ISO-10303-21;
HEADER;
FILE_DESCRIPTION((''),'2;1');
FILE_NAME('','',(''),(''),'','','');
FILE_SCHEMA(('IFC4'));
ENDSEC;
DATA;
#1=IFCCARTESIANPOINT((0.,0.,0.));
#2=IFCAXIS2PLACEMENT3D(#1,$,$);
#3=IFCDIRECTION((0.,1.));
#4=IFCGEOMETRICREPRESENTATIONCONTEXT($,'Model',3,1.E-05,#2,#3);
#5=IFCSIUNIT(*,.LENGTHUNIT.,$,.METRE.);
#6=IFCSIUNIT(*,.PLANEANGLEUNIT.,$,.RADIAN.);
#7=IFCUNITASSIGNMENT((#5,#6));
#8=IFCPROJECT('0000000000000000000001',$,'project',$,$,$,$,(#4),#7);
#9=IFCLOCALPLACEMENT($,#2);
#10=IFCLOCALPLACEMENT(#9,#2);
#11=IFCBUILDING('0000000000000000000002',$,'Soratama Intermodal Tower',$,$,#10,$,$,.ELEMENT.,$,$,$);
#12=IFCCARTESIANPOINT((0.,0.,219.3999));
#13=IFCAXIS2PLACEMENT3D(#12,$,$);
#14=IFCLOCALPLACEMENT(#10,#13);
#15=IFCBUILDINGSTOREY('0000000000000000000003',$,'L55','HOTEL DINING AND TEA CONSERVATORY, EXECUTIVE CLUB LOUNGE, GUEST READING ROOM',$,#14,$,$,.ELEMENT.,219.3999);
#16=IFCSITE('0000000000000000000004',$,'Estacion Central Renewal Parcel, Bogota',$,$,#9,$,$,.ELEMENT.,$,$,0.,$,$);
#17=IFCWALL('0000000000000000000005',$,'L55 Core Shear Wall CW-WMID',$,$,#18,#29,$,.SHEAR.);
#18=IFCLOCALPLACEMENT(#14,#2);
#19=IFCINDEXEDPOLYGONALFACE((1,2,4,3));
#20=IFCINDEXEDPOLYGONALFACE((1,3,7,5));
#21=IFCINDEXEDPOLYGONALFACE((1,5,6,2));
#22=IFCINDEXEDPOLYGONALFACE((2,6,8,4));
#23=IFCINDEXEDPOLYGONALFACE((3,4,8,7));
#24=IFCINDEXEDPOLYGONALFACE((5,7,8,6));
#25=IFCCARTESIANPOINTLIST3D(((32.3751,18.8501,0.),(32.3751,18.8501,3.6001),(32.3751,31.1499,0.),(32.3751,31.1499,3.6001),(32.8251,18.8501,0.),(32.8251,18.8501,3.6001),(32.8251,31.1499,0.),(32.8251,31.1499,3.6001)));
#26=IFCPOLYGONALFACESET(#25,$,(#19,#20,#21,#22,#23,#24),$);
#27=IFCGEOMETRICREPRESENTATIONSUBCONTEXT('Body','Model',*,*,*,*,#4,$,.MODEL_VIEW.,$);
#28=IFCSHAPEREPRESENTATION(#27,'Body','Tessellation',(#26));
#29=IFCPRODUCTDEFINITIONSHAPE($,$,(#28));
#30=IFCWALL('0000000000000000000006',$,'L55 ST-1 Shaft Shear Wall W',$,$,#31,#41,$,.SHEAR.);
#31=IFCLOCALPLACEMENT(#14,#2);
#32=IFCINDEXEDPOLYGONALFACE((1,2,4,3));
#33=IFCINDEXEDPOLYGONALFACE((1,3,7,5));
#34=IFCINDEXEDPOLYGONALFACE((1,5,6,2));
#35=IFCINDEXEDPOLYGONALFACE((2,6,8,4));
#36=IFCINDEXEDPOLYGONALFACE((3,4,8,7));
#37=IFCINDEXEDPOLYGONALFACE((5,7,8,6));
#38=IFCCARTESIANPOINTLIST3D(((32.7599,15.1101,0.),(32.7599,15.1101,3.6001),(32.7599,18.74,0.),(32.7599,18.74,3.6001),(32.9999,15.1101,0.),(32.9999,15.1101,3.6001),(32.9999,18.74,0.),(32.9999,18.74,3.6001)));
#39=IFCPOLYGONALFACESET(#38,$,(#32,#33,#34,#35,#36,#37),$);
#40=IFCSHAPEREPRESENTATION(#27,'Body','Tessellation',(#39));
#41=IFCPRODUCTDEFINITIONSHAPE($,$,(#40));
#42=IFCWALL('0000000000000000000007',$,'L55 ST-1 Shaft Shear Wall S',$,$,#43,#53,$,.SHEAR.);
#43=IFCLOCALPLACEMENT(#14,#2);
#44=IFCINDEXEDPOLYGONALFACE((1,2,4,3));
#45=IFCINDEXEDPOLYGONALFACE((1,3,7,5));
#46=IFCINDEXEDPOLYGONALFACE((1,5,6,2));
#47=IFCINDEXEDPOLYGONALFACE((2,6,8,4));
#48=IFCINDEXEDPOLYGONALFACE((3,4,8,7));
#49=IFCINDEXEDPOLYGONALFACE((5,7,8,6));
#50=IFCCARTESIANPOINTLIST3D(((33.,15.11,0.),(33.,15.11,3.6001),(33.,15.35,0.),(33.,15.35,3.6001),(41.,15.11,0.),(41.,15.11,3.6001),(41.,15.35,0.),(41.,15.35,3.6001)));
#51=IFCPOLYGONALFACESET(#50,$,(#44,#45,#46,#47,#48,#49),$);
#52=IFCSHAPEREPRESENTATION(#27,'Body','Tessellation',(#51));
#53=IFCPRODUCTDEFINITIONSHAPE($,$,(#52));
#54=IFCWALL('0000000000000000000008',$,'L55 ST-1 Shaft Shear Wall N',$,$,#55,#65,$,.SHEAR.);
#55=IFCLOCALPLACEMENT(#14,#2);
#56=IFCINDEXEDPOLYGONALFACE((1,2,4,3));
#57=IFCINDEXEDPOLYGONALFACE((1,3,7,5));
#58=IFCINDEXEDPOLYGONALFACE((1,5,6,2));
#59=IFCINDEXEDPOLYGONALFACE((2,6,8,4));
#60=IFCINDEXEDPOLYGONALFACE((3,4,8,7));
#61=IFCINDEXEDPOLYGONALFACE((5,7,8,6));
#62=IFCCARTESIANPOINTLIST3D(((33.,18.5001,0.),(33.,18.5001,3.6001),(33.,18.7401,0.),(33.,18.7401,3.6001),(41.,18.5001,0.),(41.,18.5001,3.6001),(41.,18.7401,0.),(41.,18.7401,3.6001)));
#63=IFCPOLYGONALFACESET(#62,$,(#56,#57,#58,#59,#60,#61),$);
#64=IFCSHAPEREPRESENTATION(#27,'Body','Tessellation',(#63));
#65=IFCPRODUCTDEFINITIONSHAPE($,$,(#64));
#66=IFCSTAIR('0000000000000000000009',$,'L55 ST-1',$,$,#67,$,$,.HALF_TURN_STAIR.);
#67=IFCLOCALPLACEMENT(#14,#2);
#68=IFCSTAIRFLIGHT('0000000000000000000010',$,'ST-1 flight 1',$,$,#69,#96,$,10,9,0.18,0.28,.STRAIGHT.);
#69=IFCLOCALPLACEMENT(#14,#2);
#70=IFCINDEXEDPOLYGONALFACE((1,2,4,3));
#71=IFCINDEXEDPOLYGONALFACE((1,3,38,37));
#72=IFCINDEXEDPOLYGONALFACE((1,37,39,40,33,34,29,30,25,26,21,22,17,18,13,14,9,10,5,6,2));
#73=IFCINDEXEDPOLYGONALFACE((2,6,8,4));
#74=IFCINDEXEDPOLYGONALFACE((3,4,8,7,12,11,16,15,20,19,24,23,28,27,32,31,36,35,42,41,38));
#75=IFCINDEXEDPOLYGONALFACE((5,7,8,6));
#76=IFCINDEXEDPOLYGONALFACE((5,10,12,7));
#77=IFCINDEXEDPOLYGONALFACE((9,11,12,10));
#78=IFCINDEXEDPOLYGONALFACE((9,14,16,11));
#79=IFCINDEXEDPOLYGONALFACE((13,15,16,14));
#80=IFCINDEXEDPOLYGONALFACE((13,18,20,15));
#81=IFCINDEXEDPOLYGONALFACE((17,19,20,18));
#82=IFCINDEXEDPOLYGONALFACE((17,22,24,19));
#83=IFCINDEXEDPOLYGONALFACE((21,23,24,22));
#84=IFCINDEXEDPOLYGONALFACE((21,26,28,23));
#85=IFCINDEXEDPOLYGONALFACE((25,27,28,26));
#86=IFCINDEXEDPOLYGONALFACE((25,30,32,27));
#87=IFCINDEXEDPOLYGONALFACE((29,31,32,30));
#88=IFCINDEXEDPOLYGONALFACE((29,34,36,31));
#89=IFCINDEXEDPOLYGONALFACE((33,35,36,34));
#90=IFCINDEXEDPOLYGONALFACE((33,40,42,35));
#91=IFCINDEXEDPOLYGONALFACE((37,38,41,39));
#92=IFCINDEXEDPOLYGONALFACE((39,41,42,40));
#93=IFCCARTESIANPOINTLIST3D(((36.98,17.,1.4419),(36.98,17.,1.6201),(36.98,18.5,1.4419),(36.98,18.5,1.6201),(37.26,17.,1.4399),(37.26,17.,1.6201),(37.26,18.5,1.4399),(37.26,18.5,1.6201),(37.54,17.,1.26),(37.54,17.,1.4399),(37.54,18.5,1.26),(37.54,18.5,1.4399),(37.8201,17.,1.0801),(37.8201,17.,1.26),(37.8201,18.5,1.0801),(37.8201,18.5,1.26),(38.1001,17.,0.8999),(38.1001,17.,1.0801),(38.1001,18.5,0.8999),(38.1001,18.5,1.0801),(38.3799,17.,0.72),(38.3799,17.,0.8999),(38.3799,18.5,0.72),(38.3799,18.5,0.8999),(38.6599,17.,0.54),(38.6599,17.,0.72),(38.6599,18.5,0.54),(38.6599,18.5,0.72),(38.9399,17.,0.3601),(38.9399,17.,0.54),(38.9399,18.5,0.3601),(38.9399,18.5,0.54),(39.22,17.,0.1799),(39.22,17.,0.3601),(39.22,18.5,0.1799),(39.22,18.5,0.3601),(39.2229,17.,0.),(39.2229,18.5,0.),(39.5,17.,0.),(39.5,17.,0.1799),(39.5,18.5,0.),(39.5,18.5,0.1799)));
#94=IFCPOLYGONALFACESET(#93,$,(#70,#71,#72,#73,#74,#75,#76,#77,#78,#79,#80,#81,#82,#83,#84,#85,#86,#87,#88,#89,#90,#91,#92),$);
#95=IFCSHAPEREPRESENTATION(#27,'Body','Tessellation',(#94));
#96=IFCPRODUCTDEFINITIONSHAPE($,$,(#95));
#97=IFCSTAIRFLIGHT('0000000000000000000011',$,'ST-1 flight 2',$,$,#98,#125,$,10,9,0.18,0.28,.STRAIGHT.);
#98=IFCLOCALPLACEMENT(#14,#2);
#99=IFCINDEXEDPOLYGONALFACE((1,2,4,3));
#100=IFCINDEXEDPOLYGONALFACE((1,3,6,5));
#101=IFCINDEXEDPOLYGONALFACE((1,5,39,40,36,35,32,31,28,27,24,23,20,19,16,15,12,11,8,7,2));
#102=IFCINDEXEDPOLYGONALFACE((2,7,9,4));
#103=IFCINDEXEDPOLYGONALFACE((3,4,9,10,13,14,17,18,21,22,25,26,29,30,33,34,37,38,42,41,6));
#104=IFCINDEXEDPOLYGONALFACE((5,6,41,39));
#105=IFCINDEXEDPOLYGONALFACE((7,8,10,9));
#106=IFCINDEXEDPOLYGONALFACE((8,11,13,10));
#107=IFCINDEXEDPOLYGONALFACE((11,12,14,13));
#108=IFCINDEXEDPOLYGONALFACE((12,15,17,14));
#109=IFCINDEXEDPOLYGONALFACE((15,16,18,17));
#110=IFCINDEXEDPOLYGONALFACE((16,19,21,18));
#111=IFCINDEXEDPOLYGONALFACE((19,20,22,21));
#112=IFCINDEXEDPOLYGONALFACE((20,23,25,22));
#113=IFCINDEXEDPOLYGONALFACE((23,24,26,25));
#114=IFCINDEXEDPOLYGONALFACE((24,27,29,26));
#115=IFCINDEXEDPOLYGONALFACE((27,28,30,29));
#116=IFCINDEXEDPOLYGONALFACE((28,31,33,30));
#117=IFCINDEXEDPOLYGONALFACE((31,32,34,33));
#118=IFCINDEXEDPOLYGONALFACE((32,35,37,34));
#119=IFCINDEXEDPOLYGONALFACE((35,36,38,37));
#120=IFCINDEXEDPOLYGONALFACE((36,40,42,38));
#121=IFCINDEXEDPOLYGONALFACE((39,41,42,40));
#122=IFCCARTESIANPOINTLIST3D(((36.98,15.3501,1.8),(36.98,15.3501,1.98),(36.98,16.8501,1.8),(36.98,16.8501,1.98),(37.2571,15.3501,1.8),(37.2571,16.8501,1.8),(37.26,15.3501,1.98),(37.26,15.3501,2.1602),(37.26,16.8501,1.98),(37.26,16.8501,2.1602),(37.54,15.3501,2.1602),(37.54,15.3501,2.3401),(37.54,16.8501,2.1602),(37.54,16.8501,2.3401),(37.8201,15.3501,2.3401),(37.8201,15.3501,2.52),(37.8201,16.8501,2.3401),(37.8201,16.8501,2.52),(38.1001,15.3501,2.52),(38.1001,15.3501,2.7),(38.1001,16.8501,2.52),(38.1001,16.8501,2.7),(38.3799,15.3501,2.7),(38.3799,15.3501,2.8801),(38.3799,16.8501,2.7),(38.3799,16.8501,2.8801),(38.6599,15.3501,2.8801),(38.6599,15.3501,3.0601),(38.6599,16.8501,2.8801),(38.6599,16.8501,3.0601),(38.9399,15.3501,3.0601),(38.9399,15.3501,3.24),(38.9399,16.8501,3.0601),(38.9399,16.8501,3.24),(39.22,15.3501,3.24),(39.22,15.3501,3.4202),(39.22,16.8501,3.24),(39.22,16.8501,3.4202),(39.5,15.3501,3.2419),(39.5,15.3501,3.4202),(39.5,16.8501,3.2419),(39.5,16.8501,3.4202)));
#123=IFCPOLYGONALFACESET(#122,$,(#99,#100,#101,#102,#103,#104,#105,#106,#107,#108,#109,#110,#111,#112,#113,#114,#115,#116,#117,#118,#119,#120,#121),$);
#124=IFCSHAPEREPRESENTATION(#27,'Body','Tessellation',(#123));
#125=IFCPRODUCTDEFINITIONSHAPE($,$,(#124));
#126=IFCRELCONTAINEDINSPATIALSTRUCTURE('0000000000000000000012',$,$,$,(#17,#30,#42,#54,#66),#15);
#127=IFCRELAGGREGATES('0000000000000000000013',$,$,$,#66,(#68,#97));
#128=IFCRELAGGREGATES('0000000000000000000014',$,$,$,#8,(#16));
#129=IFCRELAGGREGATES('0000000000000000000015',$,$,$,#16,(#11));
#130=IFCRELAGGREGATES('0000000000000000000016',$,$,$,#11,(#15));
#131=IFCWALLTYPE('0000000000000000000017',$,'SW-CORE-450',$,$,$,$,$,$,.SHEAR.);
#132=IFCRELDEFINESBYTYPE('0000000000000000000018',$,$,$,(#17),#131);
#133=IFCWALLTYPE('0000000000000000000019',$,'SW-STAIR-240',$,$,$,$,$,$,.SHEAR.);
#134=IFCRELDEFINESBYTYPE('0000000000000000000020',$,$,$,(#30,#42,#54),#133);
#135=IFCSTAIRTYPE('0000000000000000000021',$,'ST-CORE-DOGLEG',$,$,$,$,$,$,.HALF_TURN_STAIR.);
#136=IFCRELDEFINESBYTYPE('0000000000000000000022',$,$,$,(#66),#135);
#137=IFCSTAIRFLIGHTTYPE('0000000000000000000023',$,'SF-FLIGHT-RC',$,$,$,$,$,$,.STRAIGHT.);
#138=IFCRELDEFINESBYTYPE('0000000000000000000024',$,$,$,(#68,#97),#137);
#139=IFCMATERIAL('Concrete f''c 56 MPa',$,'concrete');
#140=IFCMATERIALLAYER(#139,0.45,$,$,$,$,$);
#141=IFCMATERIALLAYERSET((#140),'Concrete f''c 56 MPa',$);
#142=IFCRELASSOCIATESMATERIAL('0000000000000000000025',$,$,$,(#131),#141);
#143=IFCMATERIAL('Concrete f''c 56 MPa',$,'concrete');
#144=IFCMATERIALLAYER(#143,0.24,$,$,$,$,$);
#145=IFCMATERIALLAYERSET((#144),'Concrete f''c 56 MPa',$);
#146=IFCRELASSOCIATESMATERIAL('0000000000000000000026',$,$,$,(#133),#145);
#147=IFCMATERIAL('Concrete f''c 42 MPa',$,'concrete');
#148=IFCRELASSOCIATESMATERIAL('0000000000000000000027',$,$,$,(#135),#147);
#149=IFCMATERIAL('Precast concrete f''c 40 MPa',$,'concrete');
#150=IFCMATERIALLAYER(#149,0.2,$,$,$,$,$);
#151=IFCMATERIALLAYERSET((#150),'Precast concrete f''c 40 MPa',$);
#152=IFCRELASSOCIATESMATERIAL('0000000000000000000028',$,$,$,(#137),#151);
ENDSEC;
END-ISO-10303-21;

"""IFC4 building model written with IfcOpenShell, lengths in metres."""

from ifc_helpers import new_model, si_unit, direction, frame, frame_2d, origin, place, context, subcontext, project, spatial, polyline, rectangle, outline, extrude, material, layer, layer_set, type_object, element, aggregate, save


model = new_model("IFC4")

# Units and contexts
model_context = context("Model", 3, precision=1e-05, world=origin(), true_north=direction((0.0, 1.0)))
body_context = subcontext(model_context, "Body", "Model", "MODEL_VIEW")
ifc_project = project(units=[si_unit("LENGTHUNIT", "METRE"), si_unit("PLANEANGLEUNIT", "RADIAN")], contexts=[model_context])

# Site, building, storey
site_placement = place(None, origin())
site = spatial("IfcSite", under=ifc_project, at=site_placement, Name="Estacion Central Renewal Parcel, Bogota", CompositionType="ELEMENT", RefElevation=0.0)
building_placement = place(site_placement, origin())
building = spatial("IfcBuilding", under=site, at=building_placement, Name="Soratama Intermodal Tower", CompositionType="ELEMENT")
storey_placement = place(building_placement, frame((0.0, 0.0, 219.3999)))
storey = spatial("IfcBuildingStorey", under=building, at=storey_placement, Name="L55", Description="HOTEL DINING AND TEA CONSERVATORY, EXECUTIVE CLUB LOUNGE, GUEST READING ROOM", CompositionType="ELEMENT", Elevation=219.3999)

# Walls
ifc_material_1 = material(Name="Concrete f'c 56 MPa", Category="concrete")
ifc_layer_1 = layer(ifc_material_1, 0.45)
ifc_layer_set_1 = layer_set([ifc_layer_1], Name="Concrete f'c 56 MPa")
wall_type_1 = type_object("IfcWallType", Name="SW-CORE-450", PredefinedType="SHEAR", material=ifc_layer_set_1)
wall_1_placement = place(storey_placement, frame((32.6001, 18.8501, 0.0), z_axis=(0.0, 0.0, 1.0), x_axis=(0.0, 1.0, 0.0)))
element("IfcWall", 1, at=wall_1_placement, inside=storey, type_object=wall_type_1, Name="L55 Core Shear Wall CW-WMID", PredefinedType="SHEAR", context=body_context, shape_type="SweptSolid", body=[
    extrude(rectangle(XDim=12.2998, YDim=0.45, at=frame_2d((6.1499, 0.0))), origin(), (0.0, 0.0, 1.0), 3.6001),
])
ifc_material_2 = material(Name="Concrete f'c 56 MPa", Category="concrete")
ifc_layer_2 = layer(ifc_material_2, 0.24)
ifc_layer_set_2 = layer_set([ifc_layer_2], Name="Concrete f'c 56 MPa")
wall_type_2 = type_object("IfcWallType", Name="SW-STAIR-240", PredefinedType="SHEAR", material=ifc_layer_set_2)
wall_2_placement = place(storey_placement, frame((32.8799, 15.1101, 0.0), z_axis=(0.0, 0.0, 1.0), x_axis=(0.0, 1.0, 0.0)))
element("IfcWall", 2, at=wall_2_placement, inside=storey, type_object=wall_type_2, Name="L55 ST-1 Shaft Shear Wall W", PredefinedType="SHEAR", context=body_context, shape_type="SweptSolid", body=[
    extrude(rectangle(XDim=3.6299, YDim=0.24, at=frame_2d((1.8149, 0.0))), origin(), (0.0, 0.0, 1.0), 3.6001),
])
for number, where, z_axis, x_axis, name in (
    (3, (33.0, 15.23, 0.0), (0.0, 0.0, 1.0), (1.0, 0.0, 0.0), "L55 ST-1 Shaft Shear Wall S"),
    (4, (33.0, 18.6201, 0.0), (0.0, 0.0, 1.0), (1.0, 0.0, 0.0), "L55 ST-1 Shaft Shear Wall N"),
):
    element("IfcWall", number, at=place(storey_placement, frame(where, z_axis=z_axis, x_axis=x_axis)), inside=storey, type_object=wall_type_2, Name=name, PredefinedType="SHEAR", context=body_context, shape_type="SweptSolid", body=[
        extrude(rectangle(XDim=8.0, YDim=0.24, at=frame_2d((4.0, 0.0))), origin(), (0.0, 0.0, 1.0), 3.6001),
    ])

# Stair, stair flights
ifc_material_3 = material(Name="Concrete f'c 42 MPa", Category="concrete")
stair_type = type_object("IfcStairType", Name="ST-CORE-DOGLEG", PredefinedType="HALF_TURN_STAIR", material=ifc_material_3)
stair_placement = place(storey_placement, origin())
stair = element("IfcStair", 5, at=stair_placement, inside=storey, type_object=stair_type, Name="L55 ST-1", PredefinedType="HALF_TURN_STAIR")
ifc_material_4 = material(Name="Precast concrete f'c 40 MPa", Category="concrete")
ifc_layer_3 = layer(ifc_material_4, 0.2)
ifc_layer_set_3 = layer_set([ifc_layer_3], Name="Precast concrete f'c 40 MPa")
stair_flight_type = type_object("IfcStairFlightType", Name="SF-FLIGHT-RC", PredefinedType="STRAIGHT", material=ifc_layer_set_3)
stair_flight_1_placement = place(storey_placement, frame((39.5, 17.75, 0.0), z_axis=(0.0, 0.0, 1.0), x_axis=(-1.0, 0.0, 0.0)))
stair_flight_1 = element("IfcStairFlight", 6, at=stair_flight_1_placement, type_object=stair_flight_type, Name="ST-1 flight 1", NumberOfRisers=10, NumberOfTreads=9, PredefinedType="STRAIGHT", RiserHeight=0.18, TreadLength=0.28, context=body_context, shape_type="SweptSolid", body=[
    extrude(outline(polyline([(0.0, 0.0), (0.0, 0.1799), (0.28, 0.1799), (0.28, 0.3601), (0.5601, 0.3601), (0.5601, 0.54), (0.8401, 0.54), (0.8401, 0.72), (1.1201, 0.72), (1.1201, 0.8999), (1.3999, 0.8999), (1.3999, 1.0801), (1.6799, 1.0801), (1.6799, 1.26), (1.96, 1.26), (1.96, 1.4399), (2.24, 1.4399), (2.24, 1.6201), (2.52, 1.6201), (2.52, 1.8), (2.52, 1.4419), (0.2771, 0.0), (0.0, 0.0)])), frame((0.0, 0.75, 0.0), z_axis=(0.0, -1.0, 0.0), x_axis=(1.0, 0.0, 0.0)), (0.0, 0.0, 1.0), 1.5),
])
stair_flight_2_placement = place(storey_placement, frame((36.98, 16.1001, 1.8), z_axis=(0.0, 0.0, 1.0), x_axis=(1.0, 0.0, 0.0)))
stair_flight_2 = element("IfcStairFlight", 7, at=stair_flight_2_placement, type_object=stair_flight_type, Name="ST-1 flight 2", NumberOfRisers=10, NumberOfTreads=9, PredefinedType="STRAIGHT", RiserHeight=0.18, TreadLength=0.28, context=body_context, shape_type="SweptSolid", body=[
    extrude(outline(polyline([(0.0, 0.0), (0.0, 0.1799), (0.28, 0.1799), (0.28, 0.3601), (0.5601, 0.3601), (0.5601, 0.54), (0.8401, 0.54), (0.8401, 0.72), (1.1201, 0.72), (1.1201, 0.8999), (1.3999, 0.8999), (1.3999, 1.0801), (1.6799, 1.0801), (1.6799, 1.26), (1.96, 1.26), (1.96, 1.4399), (2.24, 1.4399), (2.24, 1.6201), (2.52, 1.6201), (2.52, 1.8), (2.52, 1.4419), (0.2771, 0.0), (0.0, 0.0)])), frame((0.0, 0.75, 0.0), z_axis=(0.0, -1.0, 0.0), x_axis=(1.0, 0.0, 0.0)), (0.0, 0.0, 1.0), 1.5),
])
aggregate(stair, [stair_flight_1, stair_flight_2])

save(model, "model.ifc")
